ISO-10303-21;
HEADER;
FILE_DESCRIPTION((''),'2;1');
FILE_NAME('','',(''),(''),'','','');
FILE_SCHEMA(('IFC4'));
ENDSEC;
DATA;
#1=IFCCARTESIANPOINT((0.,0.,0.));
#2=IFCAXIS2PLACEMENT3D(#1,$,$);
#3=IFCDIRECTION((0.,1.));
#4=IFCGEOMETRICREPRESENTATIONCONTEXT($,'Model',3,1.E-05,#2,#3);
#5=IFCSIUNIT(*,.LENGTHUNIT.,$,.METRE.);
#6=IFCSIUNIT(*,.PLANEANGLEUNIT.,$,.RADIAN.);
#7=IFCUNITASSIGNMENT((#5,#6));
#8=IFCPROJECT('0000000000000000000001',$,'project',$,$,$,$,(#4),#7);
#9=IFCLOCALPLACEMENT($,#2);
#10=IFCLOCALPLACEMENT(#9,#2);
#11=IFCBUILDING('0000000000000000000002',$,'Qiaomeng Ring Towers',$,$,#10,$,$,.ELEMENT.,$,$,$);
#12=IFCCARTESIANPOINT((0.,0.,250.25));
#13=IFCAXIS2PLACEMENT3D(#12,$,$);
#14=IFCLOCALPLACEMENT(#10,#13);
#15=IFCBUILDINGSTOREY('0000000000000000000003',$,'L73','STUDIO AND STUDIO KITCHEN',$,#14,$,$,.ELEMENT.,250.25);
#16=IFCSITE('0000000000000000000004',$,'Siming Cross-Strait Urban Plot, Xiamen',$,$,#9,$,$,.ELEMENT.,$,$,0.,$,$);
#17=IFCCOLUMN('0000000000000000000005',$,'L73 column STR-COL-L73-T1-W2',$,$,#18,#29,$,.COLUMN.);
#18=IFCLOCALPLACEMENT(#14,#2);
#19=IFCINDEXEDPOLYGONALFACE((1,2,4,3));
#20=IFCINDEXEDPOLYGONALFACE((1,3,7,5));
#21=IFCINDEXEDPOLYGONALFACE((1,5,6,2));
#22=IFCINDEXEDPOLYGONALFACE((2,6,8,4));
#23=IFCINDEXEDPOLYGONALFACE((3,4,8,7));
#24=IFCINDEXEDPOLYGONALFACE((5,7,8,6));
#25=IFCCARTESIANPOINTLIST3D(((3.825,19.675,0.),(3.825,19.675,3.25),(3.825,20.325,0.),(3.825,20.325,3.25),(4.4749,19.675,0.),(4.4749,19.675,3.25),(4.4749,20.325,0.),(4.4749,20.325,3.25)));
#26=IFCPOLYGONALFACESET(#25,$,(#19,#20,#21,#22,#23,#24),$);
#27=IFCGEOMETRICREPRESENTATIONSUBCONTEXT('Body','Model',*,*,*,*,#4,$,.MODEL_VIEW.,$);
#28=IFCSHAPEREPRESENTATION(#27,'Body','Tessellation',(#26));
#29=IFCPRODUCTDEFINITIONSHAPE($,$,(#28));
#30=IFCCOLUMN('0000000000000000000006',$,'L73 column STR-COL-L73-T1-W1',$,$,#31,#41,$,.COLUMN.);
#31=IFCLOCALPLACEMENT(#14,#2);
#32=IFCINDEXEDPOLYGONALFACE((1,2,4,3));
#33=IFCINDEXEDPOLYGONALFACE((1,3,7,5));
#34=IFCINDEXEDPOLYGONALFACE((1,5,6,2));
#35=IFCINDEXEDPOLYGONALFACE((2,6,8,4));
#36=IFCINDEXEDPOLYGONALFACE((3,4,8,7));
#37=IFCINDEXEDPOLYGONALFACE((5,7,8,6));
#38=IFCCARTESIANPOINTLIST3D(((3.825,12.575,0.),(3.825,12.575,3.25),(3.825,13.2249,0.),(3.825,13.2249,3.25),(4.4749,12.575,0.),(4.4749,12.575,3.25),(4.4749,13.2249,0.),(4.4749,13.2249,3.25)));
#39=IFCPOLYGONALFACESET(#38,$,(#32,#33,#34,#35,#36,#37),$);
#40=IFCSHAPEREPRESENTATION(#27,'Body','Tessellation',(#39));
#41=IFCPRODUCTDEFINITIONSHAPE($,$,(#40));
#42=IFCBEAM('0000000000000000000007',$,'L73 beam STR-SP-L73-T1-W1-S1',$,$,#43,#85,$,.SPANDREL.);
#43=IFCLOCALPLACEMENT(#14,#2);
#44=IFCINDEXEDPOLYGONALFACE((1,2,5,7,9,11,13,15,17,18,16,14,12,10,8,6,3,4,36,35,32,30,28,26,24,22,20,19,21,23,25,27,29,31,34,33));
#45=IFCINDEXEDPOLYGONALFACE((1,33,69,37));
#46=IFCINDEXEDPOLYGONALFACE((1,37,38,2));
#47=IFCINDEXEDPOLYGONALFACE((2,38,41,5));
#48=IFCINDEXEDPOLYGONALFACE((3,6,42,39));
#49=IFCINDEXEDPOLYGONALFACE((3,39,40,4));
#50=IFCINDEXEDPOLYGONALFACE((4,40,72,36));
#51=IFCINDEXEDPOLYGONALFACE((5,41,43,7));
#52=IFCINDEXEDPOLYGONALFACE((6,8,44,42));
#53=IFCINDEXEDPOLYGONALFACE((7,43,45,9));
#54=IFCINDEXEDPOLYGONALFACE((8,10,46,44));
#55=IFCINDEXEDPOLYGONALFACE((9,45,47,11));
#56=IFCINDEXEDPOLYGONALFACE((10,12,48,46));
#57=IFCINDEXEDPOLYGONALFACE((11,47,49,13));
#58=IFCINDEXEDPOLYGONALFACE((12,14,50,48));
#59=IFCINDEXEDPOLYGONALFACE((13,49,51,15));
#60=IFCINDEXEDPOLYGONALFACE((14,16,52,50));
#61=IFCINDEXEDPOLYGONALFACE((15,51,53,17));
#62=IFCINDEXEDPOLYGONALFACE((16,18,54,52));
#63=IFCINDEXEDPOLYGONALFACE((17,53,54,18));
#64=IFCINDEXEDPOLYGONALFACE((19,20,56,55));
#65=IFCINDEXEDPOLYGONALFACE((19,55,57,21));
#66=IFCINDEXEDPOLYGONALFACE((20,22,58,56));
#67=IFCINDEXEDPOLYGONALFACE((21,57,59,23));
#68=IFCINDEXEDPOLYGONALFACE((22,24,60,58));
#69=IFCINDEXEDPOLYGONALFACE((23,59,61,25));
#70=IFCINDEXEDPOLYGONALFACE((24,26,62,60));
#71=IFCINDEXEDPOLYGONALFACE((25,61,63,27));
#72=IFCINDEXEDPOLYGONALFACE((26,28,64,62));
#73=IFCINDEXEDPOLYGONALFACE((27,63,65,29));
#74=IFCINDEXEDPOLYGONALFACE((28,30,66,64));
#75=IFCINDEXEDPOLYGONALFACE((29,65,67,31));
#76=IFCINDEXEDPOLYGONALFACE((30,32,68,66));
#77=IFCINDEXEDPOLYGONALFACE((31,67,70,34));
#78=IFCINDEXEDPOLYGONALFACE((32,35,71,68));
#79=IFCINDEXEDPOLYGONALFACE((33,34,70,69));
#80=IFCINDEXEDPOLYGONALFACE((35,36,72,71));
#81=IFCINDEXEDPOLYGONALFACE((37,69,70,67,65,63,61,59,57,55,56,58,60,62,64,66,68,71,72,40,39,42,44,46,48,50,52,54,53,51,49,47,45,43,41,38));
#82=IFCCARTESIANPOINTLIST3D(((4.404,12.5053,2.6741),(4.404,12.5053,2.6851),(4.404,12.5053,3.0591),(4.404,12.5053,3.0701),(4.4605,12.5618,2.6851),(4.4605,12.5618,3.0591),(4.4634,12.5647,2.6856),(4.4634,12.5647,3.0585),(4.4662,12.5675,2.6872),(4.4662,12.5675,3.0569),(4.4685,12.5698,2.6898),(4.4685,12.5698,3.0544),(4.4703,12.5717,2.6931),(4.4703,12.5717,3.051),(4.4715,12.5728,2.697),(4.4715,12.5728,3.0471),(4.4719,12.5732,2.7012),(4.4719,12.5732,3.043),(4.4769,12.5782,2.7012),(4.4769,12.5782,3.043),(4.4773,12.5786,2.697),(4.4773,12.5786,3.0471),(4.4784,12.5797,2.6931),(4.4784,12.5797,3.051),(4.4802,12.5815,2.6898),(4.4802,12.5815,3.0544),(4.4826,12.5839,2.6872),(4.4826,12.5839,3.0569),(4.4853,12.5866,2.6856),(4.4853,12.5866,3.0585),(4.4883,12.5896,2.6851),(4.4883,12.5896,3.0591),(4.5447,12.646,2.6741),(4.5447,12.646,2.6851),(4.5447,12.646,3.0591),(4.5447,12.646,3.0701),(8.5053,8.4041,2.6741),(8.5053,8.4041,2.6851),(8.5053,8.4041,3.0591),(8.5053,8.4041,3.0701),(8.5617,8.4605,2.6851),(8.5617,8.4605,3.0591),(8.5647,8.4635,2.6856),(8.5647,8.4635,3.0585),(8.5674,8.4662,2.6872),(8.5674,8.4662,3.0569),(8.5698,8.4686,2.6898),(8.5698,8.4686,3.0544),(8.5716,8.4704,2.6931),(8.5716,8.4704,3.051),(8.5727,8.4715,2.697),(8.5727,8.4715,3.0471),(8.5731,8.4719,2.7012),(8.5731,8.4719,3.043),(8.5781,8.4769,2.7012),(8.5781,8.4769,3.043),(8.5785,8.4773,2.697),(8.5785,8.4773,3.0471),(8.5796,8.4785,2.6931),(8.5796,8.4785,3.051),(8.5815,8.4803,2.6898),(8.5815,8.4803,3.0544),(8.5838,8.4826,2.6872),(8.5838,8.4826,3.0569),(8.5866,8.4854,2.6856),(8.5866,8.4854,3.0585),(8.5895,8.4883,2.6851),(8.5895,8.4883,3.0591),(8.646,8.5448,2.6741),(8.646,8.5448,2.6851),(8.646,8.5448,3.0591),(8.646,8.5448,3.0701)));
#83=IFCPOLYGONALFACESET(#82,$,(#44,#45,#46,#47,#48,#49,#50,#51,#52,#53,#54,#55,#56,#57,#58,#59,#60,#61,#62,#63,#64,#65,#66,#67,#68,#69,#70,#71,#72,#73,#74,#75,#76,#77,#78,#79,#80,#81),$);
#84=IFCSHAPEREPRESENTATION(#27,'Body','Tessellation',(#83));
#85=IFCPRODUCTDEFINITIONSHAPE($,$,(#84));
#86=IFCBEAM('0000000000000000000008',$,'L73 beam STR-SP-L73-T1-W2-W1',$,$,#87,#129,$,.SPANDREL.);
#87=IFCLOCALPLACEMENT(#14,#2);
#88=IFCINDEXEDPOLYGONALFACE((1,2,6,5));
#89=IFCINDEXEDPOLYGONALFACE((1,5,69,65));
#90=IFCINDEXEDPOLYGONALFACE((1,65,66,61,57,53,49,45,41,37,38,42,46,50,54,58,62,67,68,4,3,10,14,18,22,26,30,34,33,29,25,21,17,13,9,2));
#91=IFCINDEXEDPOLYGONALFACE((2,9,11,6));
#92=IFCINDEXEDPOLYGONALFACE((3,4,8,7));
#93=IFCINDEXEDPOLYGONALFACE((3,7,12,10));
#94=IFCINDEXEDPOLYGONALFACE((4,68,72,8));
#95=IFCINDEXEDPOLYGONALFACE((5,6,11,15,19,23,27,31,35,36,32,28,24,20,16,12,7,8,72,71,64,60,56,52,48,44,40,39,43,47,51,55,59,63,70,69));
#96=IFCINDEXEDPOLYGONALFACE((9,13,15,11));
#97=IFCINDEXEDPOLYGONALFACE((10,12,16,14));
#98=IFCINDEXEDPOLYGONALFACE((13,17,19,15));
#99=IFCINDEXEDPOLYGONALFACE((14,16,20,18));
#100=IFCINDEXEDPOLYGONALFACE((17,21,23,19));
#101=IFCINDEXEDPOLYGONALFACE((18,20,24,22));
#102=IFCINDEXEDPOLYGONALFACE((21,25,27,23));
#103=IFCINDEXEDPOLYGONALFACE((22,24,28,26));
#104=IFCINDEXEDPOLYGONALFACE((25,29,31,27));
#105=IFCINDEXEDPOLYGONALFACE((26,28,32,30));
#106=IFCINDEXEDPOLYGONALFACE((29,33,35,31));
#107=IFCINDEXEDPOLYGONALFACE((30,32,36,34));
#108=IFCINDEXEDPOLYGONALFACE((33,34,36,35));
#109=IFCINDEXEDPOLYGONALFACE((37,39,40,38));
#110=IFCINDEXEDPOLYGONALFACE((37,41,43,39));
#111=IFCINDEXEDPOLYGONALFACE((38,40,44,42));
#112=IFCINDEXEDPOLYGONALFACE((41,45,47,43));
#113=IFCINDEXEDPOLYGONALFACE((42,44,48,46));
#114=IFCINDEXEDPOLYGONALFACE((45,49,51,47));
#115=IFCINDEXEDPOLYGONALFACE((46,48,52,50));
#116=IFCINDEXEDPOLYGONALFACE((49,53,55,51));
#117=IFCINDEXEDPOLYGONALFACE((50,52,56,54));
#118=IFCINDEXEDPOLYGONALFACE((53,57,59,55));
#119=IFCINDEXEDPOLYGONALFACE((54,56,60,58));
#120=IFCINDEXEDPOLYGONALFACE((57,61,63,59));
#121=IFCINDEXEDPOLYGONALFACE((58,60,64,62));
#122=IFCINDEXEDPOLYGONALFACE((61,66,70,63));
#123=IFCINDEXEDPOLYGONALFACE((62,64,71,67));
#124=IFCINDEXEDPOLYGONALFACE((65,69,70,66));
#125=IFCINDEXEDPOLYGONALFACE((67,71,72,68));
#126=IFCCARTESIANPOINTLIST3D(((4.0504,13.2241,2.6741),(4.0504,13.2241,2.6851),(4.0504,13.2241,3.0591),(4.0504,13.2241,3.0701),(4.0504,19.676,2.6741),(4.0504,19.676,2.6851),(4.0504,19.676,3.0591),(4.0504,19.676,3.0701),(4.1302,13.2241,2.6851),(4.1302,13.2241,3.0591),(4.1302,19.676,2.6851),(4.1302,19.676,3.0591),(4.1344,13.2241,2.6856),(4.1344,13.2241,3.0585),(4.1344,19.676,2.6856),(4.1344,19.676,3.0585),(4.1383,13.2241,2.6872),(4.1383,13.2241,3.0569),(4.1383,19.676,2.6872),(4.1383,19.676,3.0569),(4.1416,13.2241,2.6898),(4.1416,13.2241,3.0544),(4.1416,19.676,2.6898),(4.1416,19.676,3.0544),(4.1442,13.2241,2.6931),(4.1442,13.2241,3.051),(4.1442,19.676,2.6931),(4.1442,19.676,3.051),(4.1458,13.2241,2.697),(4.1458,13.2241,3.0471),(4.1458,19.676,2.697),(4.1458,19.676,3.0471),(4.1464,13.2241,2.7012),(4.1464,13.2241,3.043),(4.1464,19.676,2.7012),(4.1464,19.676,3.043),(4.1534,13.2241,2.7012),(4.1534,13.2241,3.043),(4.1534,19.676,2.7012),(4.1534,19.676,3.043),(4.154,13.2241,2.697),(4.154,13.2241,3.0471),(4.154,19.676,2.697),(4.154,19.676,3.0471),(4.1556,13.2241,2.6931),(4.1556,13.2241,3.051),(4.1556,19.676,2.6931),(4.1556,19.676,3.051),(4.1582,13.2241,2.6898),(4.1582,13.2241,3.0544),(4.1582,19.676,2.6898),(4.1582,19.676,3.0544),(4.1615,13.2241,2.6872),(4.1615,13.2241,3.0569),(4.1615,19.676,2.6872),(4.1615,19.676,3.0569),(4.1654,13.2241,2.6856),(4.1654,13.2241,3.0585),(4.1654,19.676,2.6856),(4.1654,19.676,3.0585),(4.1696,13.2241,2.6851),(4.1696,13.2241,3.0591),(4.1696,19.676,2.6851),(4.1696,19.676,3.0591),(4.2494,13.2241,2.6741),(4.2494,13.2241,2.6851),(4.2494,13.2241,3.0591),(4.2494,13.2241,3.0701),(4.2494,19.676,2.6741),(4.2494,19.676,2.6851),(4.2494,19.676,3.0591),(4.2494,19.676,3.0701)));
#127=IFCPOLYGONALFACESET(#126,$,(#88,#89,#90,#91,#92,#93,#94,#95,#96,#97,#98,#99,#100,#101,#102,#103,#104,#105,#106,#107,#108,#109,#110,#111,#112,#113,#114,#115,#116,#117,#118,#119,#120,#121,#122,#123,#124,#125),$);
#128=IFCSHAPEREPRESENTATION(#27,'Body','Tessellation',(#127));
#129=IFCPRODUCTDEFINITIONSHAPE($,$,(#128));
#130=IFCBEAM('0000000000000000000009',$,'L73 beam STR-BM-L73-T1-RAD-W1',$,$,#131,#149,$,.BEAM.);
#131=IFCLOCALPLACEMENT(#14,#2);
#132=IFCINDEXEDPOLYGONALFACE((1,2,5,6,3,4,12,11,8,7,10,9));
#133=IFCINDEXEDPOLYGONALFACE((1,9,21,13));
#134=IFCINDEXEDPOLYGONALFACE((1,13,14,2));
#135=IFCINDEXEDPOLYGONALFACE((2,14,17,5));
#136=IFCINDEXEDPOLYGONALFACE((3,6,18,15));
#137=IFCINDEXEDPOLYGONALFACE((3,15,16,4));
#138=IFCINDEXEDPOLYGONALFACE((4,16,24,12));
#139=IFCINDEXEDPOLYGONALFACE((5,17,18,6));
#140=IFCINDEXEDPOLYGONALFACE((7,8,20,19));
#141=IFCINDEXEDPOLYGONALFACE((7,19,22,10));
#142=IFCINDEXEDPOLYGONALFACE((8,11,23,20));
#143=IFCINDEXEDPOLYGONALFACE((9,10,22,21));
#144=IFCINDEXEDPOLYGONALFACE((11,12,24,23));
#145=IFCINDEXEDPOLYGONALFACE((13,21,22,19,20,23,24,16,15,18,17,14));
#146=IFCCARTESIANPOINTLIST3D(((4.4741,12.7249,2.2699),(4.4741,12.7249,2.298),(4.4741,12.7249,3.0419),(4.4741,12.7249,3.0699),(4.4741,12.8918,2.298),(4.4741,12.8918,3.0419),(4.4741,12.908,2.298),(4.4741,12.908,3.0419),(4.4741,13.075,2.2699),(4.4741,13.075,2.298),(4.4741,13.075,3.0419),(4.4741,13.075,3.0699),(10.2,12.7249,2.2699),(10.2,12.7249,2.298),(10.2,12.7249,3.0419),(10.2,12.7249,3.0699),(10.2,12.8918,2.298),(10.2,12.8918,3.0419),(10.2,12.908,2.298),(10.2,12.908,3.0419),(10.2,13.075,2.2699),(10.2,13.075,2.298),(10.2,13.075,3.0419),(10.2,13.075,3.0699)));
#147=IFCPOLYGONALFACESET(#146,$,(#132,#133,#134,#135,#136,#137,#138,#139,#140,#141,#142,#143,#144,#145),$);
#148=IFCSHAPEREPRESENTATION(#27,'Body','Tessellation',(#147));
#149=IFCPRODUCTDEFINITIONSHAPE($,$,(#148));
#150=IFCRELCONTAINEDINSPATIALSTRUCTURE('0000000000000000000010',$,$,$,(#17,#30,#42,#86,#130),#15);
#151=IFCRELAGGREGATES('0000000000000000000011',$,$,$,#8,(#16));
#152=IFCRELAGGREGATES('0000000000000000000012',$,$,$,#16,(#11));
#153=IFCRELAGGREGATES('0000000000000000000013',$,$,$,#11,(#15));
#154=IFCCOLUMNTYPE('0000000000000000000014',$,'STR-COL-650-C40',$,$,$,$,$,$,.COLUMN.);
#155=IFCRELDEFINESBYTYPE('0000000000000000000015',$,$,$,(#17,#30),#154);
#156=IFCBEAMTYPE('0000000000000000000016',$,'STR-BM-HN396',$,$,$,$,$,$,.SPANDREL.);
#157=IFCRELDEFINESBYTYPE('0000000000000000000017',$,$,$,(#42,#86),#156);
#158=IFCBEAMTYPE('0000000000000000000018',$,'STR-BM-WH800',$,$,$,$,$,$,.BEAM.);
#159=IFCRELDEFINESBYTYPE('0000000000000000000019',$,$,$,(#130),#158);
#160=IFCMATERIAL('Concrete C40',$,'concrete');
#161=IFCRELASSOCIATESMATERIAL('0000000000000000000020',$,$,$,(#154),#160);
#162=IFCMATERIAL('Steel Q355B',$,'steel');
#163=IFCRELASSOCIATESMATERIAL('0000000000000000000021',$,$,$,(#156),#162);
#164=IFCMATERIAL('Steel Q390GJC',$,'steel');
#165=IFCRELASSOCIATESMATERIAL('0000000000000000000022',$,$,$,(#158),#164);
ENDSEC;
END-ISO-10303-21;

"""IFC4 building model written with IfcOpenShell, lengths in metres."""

from ifc_helpers import new_model, si_unit, direction, frame, origin, origin_2d, place, context, subcontext, project, spatial, rectangle, i_section, extrude, source, transform, mapped, material, material_profile, profile_set, type_object, element, save


model = new_model("IFC4")

# Units and contexts
model_context = context("Model", 3, precision=1e-05, world=origin(), true_north=direction((0.0, 1.0)))
body_context = subcontext(model_context, "Body", "Model", "MODEL_VIEW")
ifc_project = project(units=[si_unit("LENGTHUNIT", "METRE"), si_unit("PLANEANGLEUNIT", "RADIAN")], contexts=[model_context])

# Site, building, storey
site_placement = place(None, origin())
site = spatial("IfcSite", under=ifc_project, at=site_placement, Name="Siming Cross-Strait Urban Plot, Xiamen", CompositionType="ELEMENT", RefElevation=0.0)
building_placement = place(site_placement, origin())
building = spatial("IfcBuilding", under=site, at=building_placement, Name="Qiaomeng Ring Towers", CompositionType="ELEMENT")
storey_placement = place(building_placement, frame((0.0, 0.0, 250.25)))
storey = spatial("IfcBuildingStorey", under=building, at=storey_placement, Name="L73", Description="STUDIO AND STUDIO KITCHEN", CompositionType="ELEMENT", Elevation=250.25)

# Columns
ifc_material_1 = material(Name="Concrete C40", Category="concrete")
ifc_material_profile_1 = material_profile(ifc_material_1, rectangle(XDim=0.6499, YDim=0.6499, at=origin_2d()), Name="RC COL 650x650")
ifc_profile_set_1 = profile_set([ifc_material_profile_1], Name="Concrete C40")
column_type = type_object("IfcColumnType", Name="STR-COL-650-C40", PredefinedType="COLUMN", material=ifc_profile_set_1)
shared_shape_1 = source(origin(), body_context, "Body", "SweptSolid", [
    extrude(rectangle(XDim=0.6499, YDim=0.6499, at=origin_2d()), origin(), (0.0, 0.0, 1.0), 3.25),
])
for number, where, z_axis, x_axis, name in (
    (1, (4.1499, 20.0, 0.0), (0.0, 0.0, 1.0), (1.0, 0.0, 0.0), "L73 column STR-COL-L73-T1-W2"),
    (2, (4.1499, 12.8999, 0.0), (0.0, 0.0, 1.0), (1.0, 0.0, 0.0), "L73 column STR-COL-L73-T1-W1"),
):
    element("IfcColumn", number, at=place(storey_placement, frame(where, z_axis=z_axis, x_axis=x_axis)), inside=storey, type_object=column_type, Name=name, PredefinedType="COLUMN", context=body_context, shape_type="MappedRepresentation", body=[
        mapped(shared_shape_1, transform((0.0, 0.0, 0.0), x_axis=(1.0, 0.0, 0.0), y_axis=(0.0, 1.0, 0.0), z_axis=(0.0, 0.0, 1.0), scale=1.0)),
    ])

# Beams
ifc_material_2 = material(Name="Steel Q355B", Category="steel")
ifc_material_profile_2 = material_profile(ifc_material_2, i_section(OverallWidth=0.199, OverallDepth=0.396, WebThickness=0.0071, FlangeThickness=0.011, FilletRadius=0.0161, at=origin_2d()), Name="HN 396x199x7x11")
ifc_profile_set_2 = profile_set([ifc_material_profile_2], Name="Steel Q355B")
beam_type_1 = type_object("IfcBeamType", Name="STR-BM-HN396", PredefinedType="SPANDREL", material=ifc_profile_set_2)
shared_shape_2 = source(origin(), body_context, "Body", "SweptSolid", [
    extrude(i_section(OverallWidth=0.199, OverallDepth=0.396, WebThickness=0.0071, FlangeThickness=0.011, FilletRadius=0.0161, at=origin_2d()), origin(), (0.0, 0.0, 1.0), 5.8),
])
beam_1_placement = place(storey_placement, frame((4.4744, 12.5757, 2.8721), z_axis=(0.707107, -0.707107, 0.0), x_axis=(0.707107, 0.707107, 0.0)))
element("IfcBeam", 3, at=beam_1_placement, inside=storey, type_object=beam_type_1, Name="L73 beam STR-SP-L73-T1-W1-S1", PredefinedType="SPANDREL", context=body_context, shape_type="MappedRepresentation", body=[
    mapped(shared_shape_2, transform((0.0, 0.0, 0.0), x_axis=(1.0, 0.0, 0.0), y_axis=(0.0, 1.0, 0.0), z_axis=(0.0, 0.0, 1.0), scale=1.0)),
])
shared_shape_3 = source(origin(), body_context, "Body", "SweptSolid", [
    extrude(i_section(OverallWidth=0.199, OverallDepth=0.396, WebThickness=0.0071, FlangeThickness=0.011, FilletRadius=0.0161, at=origin_2d()), origin(), (0.0, 0.0, 1.0), 6.4519),
])
beam_2_placement = place(storey_placement, frame((4.1499, 19.676, 2.8721), z_axis=(0.0, -1.0, 0.0), x_axis=(1.0, 0.0, 0.0)))
element("IfcBeam", 4, at=beam_2_placement, inside=storey, type_object=beam_type_1, Name="L73 beam STR-SP-L73-T1-W2-W1", PredefinedType="SPANDREL", context=body_context, shape_type="MappedRepresentation", body=[
    mapped(shared_shape_3, transform((0.0, 0.0, 0.0), x_axis=(1.0, 0.0, 0.0), y_axis=(0.0, 1.0, 0.0), z_axis=(0.0, 0.0, 1.0), scale=1.0)),
])
ifc_material_3 = material(Name="Steel Q390GJC", Category="steel")
ifc_material_profile_3 = material_profile(ifc_material_3, i_section(OverallWidth=0.3501, OverallDepth=0.8, WebThickness=0.0161, FlangeThickness=0.0281, at=origin_2d()), Name="WH 800x350x16x28")
ifc_profile_set_3 = profile_set([ifc_material_profile_3], Name="Steel Q390GJC")
beam_type_2 = type_object("IfcBeamType", Name="STR-BM-WH800", PredefinedType="BEAM", material=ifc_profile_set_3)
shared_shape_4 = source(origin(), body_context, "Body", "SweptSolid", [
    extrude(i_section(OverallWidth=0.3501, OverallDepth=0.8, WebThickness=0.0161, FlangeThickness=0.0281, at=origin_2d()), origin(), (0.0, 0.0, 1.0), 5.7258),
])
beam_3_placement = place(storey_placement, frame((4.4741, 12.8999, 2.6699), z_axis=(1.0, 0.0, 0.0), x_axis=(0.0, 1.0, 0.0)))
element("IfcBeam", 5, at=beam_3_placement, inside=storey, type_object=beam_type_2, Name="L73 beam STR-BM-L73-T1-RAD-W1", PredefinedType="BEAM", context=body_context, shape_type="MappedRepresentation", body=[
    mapped(shared_shape_4, transform((0.0, 0.0, 0.0), x_axis=(1.0, 0.0, 0.0), y_axis=(0.0, 1.0, 0.0), z_axis=(0.0, 0.0, 1.0), scale=1.0)),
])

save(model, "model.ifc")
